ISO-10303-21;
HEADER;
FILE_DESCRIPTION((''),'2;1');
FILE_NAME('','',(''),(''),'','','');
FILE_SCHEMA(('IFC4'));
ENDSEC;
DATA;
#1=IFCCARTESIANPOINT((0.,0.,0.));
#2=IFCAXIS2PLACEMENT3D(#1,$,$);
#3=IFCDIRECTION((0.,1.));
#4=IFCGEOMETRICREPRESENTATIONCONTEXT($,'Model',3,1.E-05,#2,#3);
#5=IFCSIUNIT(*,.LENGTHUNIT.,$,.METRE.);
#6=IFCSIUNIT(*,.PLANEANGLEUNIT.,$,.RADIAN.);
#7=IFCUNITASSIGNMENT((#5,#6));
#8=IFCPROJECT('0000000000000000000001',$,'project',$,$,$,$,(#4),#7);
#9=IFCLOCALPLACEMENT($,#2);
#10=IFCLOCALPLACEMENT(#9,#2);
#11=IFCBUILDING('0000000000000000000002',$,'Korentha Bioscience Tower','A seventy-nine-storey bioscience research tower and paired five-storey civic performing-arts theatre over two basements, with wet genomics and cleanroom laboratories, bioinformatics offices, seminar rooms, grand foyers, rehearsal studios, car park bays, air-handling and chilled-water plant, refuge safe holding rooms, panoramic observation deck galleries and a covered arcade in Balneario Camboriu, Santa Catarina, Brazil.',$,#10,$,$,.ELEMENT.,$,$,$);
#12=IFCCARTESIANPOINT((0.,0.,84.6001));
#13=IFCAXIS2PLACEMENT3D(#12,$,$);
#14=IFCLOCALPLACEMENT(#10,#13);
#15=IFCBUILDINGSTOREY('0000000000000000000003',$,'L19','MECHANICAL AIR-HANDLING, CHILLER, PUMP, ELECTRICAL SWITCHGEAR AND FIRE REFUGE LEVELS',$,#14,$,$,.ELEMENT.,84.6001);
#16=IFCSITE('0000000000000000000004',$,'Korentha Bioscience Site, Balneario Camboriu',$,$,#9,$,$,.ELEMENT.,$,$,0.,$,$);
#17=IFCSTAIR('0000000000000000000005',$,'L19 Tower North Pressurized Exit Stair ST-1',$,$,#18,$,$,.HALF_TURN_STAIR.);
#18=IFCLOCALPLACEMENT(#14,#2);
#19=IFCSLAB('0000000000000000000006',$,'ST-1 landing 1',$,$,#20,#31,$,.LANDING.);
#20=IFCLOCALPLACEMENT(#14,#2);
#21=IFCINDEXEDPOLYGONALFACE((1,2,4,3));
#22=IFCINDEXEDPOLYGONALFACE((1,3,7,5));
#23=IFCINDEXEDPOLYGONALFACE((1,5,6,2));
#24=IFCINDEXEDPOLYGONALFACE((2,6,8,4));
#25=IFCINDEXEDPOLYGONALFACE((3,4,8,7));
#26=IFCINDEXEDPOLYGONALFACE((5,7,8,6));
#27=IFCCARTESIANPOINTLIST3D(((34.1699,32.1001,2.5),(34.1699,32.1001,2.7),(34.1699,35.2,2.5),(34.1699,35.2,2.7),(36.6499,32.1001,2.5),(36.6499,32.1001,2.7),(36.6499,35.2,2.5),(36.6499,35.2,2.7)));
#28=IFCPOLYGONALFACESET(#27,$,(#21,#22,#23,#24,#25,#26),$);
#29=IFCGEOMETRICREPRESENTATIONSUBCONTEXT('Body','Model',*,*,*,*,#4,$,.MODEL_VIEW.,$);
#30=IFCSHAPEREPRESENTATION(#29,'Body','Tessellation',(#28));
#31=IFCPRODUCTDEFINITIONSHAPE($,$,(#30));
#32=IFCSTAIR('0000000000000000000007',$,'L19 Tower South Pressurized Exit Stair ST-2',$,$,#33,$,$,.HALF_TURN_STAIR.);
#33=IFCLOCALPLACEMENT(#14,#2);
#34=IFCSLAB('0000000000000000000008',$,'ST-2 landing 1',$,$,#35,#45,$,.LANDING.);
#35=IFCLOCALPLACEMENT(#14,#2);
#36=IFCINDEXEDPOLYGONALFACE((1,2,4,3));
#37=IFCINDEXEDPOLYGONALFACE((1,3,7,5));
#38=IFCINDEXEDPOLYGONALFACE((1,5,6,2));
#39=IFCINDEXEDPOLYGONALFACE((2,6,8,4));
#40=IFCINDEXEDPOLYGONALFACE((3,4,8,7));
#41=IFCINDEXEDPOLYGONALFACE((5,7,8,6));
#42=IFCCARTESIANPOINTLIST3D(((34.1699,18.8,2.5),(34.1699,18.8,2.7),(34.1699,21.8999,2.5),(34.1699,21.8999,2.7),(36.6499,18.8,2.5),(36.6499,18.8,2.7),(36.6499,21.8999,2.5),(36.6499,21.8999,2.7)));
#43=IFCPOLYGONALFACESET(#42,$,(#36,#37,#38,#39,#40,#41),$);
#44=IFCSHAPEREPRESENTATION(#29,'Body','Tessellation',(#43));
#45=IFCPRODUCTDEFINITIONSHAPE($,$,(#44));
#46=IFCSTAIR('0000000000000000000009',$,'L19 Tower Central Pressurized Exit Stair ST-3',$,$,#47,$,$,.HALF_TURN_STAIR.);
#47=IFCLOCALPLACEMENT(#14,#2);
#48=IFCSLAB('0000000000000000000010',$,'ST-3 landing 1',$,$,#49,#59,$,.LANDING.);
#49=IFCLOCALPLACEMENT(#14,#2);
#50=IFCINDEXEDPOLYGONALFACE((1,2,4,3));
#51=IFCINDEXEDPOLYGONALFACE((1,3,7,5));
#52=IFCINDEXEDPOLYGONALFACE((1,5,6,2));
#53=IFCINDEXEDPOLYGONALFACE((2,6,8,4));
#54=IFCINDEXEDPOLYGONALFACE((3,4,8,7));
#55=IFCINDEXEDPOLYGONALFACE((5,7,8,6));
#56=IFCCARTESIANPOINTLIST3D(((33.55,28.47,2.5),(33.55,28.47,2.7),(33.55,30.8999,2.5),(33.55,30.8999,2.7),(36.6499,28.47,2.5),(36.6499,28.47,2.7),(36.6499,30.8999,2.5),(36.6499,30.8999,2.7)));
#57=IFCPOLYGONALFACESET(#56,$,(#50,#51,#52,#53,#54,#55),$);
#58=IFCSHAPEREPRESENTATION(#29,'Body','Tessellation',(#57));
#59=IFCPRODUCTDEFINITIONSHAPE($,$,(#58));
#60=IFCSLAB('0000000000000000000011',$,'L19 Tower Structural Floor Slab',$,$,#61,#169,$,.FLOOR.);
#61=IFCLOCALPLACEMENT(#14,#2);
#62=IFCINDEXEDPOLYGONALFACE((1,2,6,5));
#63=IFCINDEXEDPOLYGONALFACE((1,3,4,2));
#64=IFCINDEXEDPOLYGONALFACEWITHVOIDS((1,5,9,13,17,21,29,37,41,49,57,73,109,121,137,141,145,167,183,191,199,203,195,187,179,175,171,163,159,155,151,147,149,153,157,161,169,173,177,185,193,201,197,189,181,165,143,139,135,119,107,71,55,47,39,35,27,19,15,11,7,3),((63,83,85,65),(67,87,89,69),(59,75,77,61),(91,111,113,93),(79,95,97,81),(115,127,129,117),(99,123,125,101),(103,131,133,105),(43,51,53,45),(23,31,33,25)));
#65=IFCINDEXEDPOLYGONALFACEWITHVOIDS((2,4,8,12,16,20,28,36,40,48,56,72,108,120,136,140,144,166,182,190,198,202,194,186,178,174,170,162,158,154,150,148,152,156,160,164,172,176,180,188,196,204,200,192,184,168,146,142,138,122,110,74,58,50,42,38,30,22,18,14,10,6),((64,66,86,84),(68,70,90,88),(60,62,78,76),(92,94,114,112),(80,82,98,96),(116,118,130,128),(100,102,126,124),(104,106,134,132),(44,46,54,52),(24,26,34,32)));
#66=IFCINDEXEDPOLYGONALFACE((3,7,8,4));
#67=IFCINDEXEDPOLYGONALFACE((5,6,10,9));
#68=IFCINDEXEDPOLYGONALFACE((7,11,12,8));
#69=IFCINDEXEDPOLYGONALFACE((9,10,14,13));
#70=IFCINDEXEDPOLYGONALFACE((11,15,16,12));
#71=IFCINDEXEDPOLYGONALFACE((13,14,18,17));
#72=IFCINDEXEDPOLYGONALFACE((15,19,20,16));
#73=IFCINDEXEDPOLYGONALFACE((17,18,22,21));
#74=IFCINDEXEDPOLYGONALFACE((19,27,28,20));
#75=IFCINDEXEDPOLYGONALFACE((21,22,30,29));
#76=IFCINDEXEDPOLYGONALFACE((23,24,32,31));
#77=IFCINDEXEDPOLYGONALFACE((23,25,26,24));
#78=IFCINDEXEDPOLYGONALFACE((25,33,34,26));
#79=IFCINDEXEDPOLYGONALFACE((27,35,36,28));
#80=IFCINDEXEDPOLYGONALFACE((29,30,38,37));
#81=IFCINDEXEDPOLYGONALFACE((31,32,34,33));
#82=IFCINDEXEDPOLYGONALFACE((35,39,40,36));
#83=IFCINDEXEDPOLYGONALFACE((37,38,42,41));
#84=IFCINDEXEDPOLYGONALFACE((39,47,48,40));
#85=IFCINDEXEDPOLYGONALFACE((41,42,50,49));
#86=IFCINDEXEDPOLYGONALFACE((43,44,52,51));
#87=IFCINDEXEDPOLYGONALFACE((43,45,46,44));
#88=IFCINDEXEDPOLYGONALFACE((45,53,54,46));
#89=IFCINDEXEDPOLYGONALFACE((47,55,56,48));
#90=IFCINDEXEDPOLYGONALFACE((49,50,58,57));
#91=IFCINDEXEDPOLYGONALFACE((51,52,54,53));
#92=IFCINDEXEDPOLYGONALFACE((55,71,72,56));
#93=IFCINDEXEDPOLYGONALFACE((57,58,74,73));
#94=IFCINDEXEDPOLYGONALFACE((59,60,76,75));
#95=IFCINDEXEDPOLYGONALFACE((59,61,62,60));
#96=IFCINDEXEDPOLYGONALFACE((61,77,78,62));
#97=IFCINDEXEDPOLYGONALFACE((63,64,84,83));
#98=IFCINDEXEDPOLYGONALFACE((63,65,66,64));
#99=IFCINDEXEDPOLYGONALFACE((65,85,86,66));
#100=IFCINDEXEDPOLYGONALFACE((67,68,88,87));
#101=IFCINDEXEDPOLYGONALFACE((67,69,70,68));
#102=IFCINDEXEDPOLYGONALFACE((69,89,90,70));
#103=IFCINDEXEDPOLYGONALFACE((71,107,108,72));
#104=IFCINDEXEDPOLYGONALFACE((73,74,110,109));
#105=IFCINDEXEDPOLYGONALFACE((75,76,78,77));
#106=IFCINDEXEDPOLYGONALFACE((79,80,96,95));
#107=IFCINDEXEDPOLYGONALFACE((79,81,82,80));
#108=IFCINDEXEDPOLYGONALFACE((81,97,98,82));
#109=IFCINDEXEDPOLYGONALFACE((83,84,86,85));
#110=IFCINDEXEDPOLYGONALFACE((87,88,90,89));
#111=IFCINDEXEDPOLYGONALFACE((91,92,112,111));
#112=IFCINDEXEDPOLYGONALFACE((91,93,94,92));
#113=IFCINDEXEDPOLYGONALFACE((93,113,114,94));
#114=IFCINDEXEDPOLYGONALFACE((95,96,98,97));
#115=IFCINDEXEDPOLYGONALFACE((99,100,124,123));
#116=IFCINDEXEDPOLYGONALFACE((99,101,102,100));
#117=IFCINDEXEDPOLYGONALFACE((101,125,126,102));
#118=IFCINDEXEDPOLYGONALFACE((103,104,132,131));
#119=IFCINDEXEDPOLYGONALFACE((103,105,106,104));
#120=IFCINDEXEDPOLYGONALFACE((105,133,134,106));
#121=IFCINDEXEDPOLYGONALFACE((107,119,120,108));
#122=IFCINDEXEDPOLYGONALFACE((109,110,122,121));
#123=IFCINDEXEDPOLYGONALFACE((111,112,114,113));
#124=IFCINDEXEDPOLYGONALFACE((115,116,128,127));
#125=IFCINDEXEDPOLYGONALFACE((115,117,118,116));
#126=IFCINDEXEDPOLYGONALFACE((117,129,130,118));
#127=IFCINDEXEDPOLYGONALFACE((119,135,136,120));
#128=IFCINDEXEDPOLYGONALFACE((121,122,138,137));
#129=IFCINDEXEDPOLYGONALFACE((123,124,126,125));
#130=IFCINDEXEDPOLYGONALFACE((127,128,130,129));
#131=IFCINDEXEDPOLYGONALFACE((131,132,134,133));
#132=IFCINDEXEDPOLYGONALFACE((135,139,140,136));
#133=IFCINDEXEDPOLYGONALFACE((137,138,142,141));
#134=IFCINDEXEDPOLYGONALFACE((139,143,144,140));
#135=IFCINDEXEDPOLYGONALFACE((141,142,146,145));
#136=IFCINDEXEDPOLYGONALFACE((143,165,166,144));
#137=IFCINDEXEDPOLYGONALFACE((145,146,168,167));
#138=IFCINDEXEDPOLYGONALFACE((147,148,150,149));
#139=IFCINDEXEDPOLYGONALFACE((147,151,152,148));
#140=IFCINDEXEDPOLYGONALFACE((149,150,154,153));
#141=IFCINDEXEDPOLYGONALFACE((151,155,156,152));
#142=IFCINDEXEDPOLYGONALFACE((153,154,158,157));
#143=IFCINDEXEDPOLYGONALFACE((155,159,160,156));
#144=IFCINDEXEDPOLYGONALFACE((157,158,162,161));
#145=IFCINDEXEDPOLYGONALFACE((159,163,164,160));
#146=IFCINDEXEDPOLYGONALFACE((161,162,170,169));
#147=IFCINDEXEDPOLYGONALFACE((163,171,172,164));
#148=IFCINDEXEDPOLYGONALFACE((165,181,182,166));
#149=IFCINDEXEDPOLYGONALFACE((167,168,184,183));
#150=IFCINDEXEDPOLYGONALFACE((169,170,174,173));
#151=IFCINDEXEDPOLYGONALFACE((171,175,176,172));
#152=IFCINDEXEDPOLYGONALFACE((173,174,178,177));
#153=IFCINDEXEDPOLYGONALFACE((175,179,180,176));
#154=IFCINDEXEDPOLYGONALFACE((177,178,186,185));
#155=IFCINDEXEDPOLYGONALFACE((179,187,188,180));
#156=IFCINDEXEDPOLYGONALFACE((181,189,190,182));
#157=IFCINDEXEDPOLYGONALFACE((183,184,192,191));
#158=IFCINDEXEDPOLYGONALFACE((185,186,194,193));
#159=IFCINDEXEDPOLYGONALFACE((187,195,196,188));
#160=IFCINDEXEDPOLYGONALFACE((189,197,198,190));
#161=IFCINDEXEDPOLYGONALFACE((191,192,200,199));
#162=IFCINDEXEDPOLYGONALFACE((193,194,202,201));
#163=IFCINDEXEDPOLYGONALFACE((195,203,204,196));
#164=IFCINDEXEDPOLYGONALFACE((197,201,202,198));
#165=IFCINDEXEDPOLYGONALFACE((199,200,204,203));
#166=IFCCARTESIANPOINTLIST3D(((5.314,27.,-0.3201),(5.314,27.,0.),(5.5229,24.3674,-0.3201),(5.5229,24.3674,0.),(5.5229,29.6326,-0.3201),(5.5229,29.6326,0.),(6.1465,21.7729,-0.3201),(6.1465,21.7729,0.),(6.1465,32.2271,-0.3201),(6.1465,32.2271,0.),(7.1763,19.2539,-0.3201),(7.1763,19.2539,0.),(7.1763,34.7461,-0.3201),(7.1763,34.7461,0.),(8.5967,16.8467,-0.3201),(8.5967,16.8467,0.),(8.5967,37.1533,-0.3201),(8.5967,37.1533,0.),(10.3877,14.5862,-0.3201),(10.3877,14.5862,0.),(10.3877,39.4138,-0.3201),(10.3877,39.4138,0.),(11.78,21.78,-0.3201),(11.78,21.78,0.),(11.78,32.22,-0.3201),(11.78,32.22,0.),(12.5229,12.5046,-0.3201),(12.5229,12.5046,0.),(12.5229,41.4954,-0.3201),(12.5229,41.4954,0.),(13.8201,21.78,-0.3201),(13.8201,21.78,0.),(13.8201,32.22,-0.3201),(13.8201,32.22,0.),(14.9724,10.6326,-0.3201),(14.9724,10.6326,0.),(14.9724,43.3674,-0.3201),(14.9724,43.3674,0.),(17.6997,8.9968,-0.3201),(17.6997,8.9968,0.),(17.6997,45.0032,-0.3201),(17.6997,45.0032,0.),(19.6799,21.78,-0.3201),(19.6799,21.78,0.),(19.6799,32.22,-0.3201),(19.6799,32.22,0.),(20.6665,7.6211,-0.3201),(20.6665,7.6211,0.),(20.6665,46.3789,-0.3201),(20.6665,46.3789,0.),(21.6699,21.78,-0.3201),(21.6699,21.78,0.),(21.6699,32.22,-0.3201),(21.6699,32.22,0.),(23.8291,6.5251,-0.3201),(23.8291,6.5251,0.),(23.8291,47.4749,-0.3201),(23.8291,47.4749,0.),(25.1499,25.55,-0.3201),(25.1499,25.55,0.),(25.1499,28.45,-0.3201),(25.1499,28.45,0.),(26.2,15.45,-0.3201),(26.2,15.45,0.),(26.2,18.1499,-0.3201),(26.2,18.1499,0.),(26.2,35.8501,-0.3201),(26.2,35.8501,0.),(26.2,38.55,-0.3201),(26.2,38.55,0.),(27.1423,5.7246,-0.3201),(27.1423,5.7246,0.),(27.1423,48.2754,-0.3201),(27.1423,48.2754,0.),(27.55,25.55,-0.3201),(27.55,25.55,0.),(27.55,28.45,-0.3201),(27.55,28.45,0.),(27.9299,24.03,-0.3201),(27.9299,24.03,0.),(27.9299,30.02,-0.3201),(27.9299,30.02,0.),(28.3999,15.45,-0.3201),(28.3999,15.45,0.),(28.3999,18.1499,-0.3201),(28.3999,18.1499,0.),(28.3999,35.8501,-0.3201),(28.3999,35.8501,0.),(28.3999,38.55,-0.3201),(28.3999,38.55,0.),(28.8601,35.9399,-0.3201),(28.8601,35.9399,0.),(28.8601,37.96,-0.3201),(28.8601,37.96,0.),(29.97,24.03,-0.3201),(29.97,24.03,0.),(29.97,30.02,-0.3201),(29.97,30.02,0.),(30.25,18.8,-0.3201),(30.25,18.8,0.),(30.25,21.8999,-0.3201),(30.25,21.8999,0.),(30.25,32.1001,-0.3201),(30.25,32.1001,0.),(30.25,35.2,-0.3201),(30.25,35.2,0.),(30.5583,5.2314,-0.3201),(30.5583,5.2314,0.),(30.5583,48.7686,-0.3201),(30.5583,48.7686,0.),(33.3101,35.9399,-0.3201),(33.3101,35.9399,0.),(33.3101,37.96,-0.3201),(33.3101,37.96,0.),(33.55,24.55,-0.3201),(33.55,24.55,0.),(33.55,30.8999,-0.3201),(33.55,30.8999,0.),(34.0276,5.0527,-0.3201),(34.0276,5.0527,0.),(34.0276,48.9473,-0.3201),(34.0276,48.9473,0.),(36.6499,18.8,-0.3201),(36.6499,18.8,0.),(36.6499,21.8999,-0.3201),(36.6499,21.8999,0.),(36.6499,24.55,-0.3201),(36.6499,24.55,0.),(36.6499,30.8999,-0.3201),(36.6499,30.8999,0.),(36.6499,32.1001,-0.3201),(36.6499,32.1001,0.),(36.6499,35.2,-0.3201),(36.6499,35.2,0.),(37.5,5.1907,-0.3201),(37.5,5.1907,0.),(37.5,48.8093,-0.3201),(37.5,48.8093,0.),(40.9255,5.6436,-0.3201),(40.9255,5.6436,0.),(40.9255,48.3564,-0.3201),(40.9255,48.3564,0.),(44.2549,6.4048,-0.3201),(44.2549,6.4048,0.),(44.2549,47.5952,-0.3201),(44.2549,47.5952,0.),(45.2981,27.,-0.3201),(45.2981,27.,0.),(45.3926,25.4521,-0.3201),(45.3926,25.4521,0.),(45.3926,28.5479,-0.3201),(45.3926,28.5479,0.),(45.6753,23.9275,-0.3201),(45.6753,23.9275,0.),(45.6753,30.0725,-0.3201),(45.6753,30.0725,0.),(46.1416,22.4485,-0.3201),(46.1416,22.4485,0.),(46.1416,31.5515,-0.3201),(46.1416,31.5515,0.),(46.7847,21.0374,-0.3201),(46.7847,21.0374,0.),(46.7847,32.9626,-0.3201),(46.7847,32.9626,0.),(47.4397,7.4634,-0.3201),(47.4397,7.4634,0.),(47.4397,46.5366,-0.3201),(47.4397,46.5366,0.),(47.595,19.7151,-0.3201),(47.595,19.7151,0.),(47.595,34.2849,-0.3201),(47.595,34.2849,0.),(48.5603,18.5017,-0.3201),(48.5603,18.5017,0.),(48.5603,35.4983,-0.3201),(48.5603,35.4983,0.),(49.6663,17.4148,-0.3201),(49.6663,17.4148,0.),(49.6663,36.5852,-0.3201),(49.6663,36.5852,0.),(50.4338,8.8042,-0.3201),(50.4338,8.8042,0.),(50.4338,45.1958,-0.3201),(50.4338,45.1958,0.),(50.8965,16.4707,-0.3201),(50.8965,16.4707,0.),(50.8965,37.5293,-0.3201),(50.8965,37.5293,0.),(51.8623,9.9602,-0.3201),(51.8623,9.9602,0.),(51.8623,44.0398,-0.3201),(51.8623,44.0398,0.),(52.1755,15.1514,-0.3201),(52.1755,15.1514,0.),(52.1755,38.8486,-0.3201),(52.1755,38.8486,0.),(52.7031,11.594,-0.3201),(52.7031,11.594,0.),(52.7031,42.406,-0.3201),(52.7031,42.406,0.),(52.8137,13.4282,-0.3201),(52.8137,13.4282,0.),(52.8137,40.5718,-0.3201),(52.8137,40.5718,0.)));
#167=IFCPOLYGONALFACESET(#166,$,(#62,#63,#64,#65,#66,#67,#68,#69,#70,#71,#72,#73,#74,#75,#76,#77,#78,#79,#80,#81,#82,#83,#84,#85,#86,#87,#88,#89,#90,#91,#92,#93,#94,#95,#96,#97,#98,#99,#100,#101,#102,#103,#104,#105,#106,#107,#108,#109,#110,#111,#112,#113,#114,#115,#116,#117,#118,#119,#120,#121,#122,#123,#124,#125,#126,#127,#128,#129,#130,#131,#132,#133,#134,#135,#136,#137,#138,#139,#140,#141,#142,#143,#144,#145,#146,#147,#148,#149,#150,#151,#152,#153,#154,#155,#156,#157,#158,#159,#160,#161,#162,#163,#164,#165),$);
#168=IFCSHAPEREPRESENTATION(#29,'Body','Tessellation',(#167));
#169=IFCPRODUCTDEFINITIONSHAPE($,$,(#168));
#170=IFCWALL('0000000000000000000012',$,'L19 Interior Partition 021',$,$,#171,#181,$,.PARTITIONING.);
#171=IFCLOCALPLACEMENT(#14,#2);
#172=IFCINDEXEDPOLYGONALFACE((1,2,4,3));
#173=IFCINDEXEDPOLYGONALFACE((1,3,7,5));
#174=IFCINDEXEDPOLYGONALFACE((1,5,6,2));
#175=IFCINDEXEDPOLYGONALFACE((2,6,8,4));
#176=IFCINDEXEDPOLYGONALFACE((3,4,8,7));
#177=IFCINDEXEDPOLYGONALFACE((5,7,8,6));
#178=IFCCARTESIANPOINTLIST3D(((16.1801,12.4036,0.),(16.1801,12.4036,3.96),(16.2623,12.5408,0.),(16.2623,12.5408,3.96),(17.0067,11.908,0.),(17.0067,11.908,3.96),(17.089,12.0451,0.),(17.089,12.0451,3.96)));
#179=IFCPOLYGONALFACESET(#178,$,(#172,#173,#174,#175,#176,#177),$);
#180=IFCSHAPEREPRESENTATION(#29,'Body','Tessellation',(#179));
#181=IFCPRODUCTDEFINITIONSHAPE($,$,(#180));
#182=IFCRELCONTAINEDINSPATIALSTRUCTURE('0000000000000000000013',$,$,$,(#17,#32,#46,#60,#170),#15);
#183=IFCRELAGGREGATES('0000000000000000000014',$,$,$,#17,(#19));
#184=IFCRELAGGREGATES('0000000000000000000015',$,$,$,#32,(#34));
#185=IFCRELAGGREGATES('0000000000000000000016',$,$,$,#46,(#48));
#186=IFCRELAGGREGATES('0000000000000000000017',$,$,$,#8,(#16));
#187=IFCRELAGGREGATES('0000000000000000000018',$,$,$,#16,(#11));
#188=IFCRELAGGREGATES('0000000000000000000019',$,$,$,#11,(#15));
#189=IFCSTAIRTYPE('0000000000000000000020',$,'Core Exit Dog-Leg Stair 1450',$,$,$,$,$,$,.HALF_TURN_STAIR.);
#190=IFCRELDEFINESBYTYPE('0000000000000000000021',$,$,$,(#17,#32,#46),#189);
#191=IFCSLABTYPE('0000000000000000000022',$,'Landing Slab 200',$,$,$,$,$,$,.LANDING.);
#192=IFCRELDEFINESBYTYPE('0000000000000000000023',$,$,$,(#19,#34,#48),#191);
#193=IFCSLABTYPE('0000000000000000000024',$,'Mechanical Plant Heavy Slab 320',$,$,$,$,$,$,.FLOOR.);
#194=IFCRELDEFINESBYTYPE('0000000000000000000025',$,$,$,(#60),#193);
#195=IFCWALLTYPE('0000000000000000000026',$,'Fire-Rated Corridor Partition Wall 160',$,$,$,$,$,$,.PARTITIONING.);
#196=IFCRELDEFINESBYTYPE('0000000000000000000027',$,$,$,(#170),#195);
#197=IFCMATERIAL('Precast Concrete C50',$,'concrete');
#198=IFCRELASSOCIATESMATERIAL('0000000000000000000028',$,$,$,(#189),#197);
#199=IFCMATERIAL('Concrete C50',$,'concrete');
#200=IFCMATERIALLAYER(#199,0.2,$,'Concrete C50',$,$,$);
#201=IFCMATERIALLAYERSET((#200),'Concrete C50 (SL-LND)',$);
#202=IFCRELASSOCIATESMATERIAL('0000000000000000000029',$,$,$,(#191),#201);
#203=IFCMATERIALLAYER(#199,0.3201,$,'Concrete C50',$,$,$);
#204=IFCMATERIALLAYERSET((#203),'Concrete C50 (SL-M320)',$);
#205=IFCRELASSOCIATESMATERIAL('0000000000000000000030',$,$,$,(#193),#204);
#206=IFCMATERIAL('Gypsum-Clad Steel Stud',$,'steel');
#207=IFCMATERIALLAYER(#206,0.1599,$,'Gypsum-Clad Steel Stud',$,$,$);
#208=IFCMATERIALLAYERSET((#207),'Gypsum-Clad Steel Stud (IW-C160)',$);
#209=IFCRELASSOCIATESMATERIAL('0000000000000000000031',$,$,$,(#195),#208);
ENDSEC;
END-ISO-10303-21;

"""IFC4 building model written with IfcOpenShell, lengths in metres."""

from ifc_helpers import new_model, si_unit, direction, frame, frame_2d, origin, place, context, subcontext, project, spatial, polyline, rectangle, outline, extrude, material, layer, layer_set, type_object, element, aggregate, save


model = new_model("IFC4")

# Units and contexts
model_context = context("Model", 3, precision=1e-05, world=origin(), true_north=direction((0.0, 1.0)))
body_context = subcontext(model_context, "Body", "Model", "MODEL_VIEW")
ifc_project = project(units=[si_unit("LENGTHUNIT", "METRE"), si_unit("PLANEANGLEUNIT", "RADIAN")], contexts=[model_context])

# Site, building, storey
site_placement = place(None, origin())
site = spatial("IfcSite", under=ifc_project, at=site_placement, Name="Korentha Bioscience Site, Balneario Camboriu", CompositionType="ELEMENT", RefElevation=0.0)
building_placement = place(site_placement, origin())
building = spatial("IfcBuilding", under=site, at=building_placement, Name="Korentha Bioscience Tower", Description="A seventy-nine-storey bioscience research tower and paired five-storey civic performing-arts theatre over two basements, with wet genomics and cleanroom laboratories, bioinformatics offices, seminar rooms, grand foyers, rehearsal studios, car park bays, air-handling and chilled-water plant, refuge safe holding rooms, panoramic observation deck galleries and a covered arcade in Balneario Camboriu, Santa Catarina, Brazil.", CompositionType="ELEMENT")
storey_placement = place(building_placement, frame((0.0, 0.0, 84.6001)))
storey = spatial("IfcBuildingStorey", under=building, at=storey_placement, Name="L19", Description="MECHANICAL AIR-HANDLING, CHILLER, PUMP, ELECTRICAL SWITCHGEAR AND FIRE REFUGE LEVELS", CompositionType="ELEMENT", Elevation=84.6001)

# Stairs, slabs
ifc_material_1 = material(Name="Precast Concrete C50", Category="concrete")
stair_type = type_object("IfcStairType", Name="Core Exit Dog-Leg Stair 1450", PredefinedType="HALF_TURN_STAIR", material=ifc_material_1)
stair_1_placement = place(storey_placement, origin())
stair_1 = element("IfcStair", 1, at=stair_1_placement, inside=storey, type_object=stair_type, Name="L19 Tower North Pressurized Exit Stair ST-1", PredefinedType="HALF_TURN_STAIR")
ifc_material_2 = material(Name="Concrete C50", Category="concrete")
ifc_layer_1 = layer(ifc_material_2, 0.2, Name="Concrete C50")
ifc_layer_set_1 = layer_set([ifc_layer_1], Name="Concrete C50 (SL-LND)")
slab_type_1 = type_object("IfcSlabType", Name="Landing Slab 200", PredefinedType="LANDING", material=ifc_layer_set_1)
slab_1_placement = place(storey_placement, frame((0.0, 0.0, 2.5)))
slab_1 = element("IfcSlab", 2, at=slab_1_placement, type_object=slab_type_1, Name="ST-1 landing 1", PredefinedType="LANDING", context=body_context, shape_type="SweptSolid", body=[
    extrude(outline(polyline([(34.1699, 32.1001), (36.6499, 32.1001), (36.6499, 35.2), (34.1699, 35.2), (34.1699, 32.1001)])), origin(), (0.0, 0.0, 1.0), 0.2),
])
aggregate(stair_1, [slab_1])
stair_2_placement = place(storey_placement, origin())
stair_2 = element("IfcStair", 3, at=stair_2_placement, inside=storey, type_object=stair_type, Name="L19 Tower South Pressurized Exit Stair ST-2", PredefinedType="HALF_TURN_STAIR")
slab_2_placement = place(storey_placement, frame((0.0, 0.0, 2.5)))
slab_2 = element("IfcSlab", 4, at=slab_2_placement, type_object=slab_type_1, Name="ST-2 landing 1", PredefinedType="LANDING", context=body_context, shape_type="SweptSolid", body=[
    extrude(outline(polyline([(34.1699, 18.8), (36.6499, 18.8), (36.6499, 21.8999), (34.1699, 21.8999), (34.1699, 18.8)])), origin(), (0.0, 0.0, 1.0), 0.2),
])
aggregate(stair_2, [slab_2])
stair_3_placement = place(storey_placement, origin())
stair_3 = element("IfcStair", 5, at=stair_3_placement, inside=storey, type_object=stair_type, Name="L19 Tower Central Pressurized Exit Stair ST-3", PredefinedType="HALF_TURN_STAIR")
slab_3_placement = place(storey_placement, frame((0.0, 0.0, 2.5)))
slab_3 = element("IfcSlab", 6, at=slab_3_placement, type_object=slab_type_1, Name="ST-3 landing 1", PredefinedType="LANDING", context=body_context, shape_type="SweptSolid", body=[
    extrude(outline(polyline([(36.6499, 28.47), (36.6499, 30.8999), (33.55, 30.8999), (33.55, 28.47), (36.6499, 28.47)])), origin(), (0.0, 0.0, 1.0), 0.2),
])
aggregate(stair_3, [slab_3])

# Slab
ifc_layer_2 = layer(ifc_material_2, 0.3201, Name="Concrete C50")
ifc_layer_set_2 = layer_set([ifc_layer_2], Name="Concrete C50 (SL-M320)")
slab_type_2 = type_object("IfcSlabType", Name="Mechanical Plant Heavy Slab 320", PredefinedType="FLOOR", material=ifc_layer_set_2)
slab_4_placement = place(storey_placement, frame((0.0, 0.0, -0.3201)))
element("IfcSlab", 7, at=slab_4_placement, inside=storey, type_object=slab_type_2, Name="L19 Tower Structural Floor Slab", PredefinedType="FLOOR", context=body_context, shape_type="SweptSolid", body=[
    extrude(outline(polyline([(50.4338, 45.1958), (47.4397, 46.5366), (44.2549, 47.5952), (40.9255, 48.3564), (37.5, 48.8093), (34.0276, 48.9473), (30.5583, 48.7686), (27.1423, 48.2754), (23.8291, 47.4749), (20.6665, 46.3789), (17.6997, 45.0032), (14.9724, 43.3674), (12.5229, 41.4954), (10.3877, 39.4138), (8.5967, 37.1533), (7.1763, 34.7461), (6.1465, 32.2271), (5.5229, 29.6326), (5.314, 27.0), (5.5229, 24.3674), (6.1465, 21.7729), (7.1763, 19.2539), (8.5967, 16.8467), (10.3877, 14.5862), (12.5229, 12.5046), (14.9724, 10.6326), (17.6997, 8.9968), (20.6665, 7.6211), (23.8291, 6.5251), (27.1423, 5.7246), (30.5583, 5.2314), (34.0276, 5.0527), (37.5, 5.1907), (40.9255, 5.6436), (44.2549, 6.4048), (47.4397, 7.4634), (50.4338, 8.8042), (51.8623, 9.9602), (52.7031, 11.594), (52.8137, 13.4282), (52.1755, 15.1514), (50.8965, 16.4707), (49.6663, 17.4148), (48.5603, 18.5017), (47.595, 19.7151), (46.7847, 21.0374), (46.1416, 22.4485), (45.6753, 23.9275), (45.3926, 25.4521), (45.2981, 27.0), (45.3926, 28.5479), (45.6753, 30.0725), (46.1416, 31.5515), (46.7847, 32.9626), (47.595, 34.2849), (48.5603, 35.4983), (49.6663, 36.5852), (50.8965, 37.5293), (52.1755, 38.8486), (52.8137, 40.5718), (52.7031, 42.406), (51.8623, 44.0398), (50.4338, 45.1958)]), holes=[polyline([(30.25, 32.1001), (36.6499, 32.1001), (36.6499, 35.2), (30.25, 35.2), (30.25, 32.1001)]), polyline([(30.25, 18.8), (36.6499, 18.8), (36.6499, 21.8999), (30.25, 21.8999), (30.25, 18.8)]), polyline([(36.6499, 24.55), (36.6499, 30.8999), (33.55, 30.8999), (33.55, 24.55), (36.6499, 24.55)]), polyline([(11.78, 21.78), (13.8201, 21.78), (13.8201, 32.22), (11.78, 32.22), (11.78, 21.78)]), polyline([(19.6799, 21.78), (21.6699, 21.78), (21.6699, 32.22), (19.6799, 32.22), (19.6799, 21.78)]), polyline([(27.9299, 24.03), (29.97, 24.03), (29.97, 30.02), (27.9299, 30.02), (27.9299, 24.03)]), polyline([(28.8601, 35.9399), (33.3101, 35.9399), (33.3101, 37.96), (28.8601, 37.96), (28.8601, 35.9399)]), polyline([(26.2, 15.45), (28.3999, 15.45), (28.3999, 18.1499), (26.2, 18.1499), (26.2, 15.45)]), polyline([(26.2, 35.8501), (28.3999, 35.8501), (28.3999, 38.55), (26.2, 38.55), (26.2, 35.8501)]), polyline([(25.1499, 25.55), (27.55, 25.55), (27.55, 28.45), (25.1499, 28.45), (25.1499, 25.55)])]), origin(), (0.0, 0.0, 1.0), 0.3201),
])

# Wall
ifc_material_3 = material(Name="Gypsum-Clad Steel Stud", Category="steel")
ifc_layer_3 = layer(ifc_material_3, 0.1599, Name="Gypsum-Clad Steel Stud")
ifc_layer_set_3 = layer_set([ifc_layer_3], Name="Gypsum-Clad Steel Stud (IW-C160)")
wall_type_1 = type_object("IfcWallType", Name="Fire-Rated Corridor Partition Wall 160", PredefinedType="PARTITIONING", material=ifc_layer_set_3)
wall_1_placement = place(storey_placement, frame((17.0479, 11.9766, 0.0), z_axis=(0.0, 0.0, 1.0), x_axis=(-0.857672, 0.514198, 0.0)))
element("IfcWall", 8, at=wall_1_placement, inside=storey, type_object=wall_type_1, Name="L19 Interior Partition 021", PredefinedType="PARTITIONING", context=body_context, shape_type="SweptSolid", body=[
    extrude(rectangle(XDim=0.9639, YDim=0.1599, at=frame_2d((0.4819, 0.0))), origin(), (0.0, 0.0, 1.0), 3.96),
])

save(model, "model.ifc")
